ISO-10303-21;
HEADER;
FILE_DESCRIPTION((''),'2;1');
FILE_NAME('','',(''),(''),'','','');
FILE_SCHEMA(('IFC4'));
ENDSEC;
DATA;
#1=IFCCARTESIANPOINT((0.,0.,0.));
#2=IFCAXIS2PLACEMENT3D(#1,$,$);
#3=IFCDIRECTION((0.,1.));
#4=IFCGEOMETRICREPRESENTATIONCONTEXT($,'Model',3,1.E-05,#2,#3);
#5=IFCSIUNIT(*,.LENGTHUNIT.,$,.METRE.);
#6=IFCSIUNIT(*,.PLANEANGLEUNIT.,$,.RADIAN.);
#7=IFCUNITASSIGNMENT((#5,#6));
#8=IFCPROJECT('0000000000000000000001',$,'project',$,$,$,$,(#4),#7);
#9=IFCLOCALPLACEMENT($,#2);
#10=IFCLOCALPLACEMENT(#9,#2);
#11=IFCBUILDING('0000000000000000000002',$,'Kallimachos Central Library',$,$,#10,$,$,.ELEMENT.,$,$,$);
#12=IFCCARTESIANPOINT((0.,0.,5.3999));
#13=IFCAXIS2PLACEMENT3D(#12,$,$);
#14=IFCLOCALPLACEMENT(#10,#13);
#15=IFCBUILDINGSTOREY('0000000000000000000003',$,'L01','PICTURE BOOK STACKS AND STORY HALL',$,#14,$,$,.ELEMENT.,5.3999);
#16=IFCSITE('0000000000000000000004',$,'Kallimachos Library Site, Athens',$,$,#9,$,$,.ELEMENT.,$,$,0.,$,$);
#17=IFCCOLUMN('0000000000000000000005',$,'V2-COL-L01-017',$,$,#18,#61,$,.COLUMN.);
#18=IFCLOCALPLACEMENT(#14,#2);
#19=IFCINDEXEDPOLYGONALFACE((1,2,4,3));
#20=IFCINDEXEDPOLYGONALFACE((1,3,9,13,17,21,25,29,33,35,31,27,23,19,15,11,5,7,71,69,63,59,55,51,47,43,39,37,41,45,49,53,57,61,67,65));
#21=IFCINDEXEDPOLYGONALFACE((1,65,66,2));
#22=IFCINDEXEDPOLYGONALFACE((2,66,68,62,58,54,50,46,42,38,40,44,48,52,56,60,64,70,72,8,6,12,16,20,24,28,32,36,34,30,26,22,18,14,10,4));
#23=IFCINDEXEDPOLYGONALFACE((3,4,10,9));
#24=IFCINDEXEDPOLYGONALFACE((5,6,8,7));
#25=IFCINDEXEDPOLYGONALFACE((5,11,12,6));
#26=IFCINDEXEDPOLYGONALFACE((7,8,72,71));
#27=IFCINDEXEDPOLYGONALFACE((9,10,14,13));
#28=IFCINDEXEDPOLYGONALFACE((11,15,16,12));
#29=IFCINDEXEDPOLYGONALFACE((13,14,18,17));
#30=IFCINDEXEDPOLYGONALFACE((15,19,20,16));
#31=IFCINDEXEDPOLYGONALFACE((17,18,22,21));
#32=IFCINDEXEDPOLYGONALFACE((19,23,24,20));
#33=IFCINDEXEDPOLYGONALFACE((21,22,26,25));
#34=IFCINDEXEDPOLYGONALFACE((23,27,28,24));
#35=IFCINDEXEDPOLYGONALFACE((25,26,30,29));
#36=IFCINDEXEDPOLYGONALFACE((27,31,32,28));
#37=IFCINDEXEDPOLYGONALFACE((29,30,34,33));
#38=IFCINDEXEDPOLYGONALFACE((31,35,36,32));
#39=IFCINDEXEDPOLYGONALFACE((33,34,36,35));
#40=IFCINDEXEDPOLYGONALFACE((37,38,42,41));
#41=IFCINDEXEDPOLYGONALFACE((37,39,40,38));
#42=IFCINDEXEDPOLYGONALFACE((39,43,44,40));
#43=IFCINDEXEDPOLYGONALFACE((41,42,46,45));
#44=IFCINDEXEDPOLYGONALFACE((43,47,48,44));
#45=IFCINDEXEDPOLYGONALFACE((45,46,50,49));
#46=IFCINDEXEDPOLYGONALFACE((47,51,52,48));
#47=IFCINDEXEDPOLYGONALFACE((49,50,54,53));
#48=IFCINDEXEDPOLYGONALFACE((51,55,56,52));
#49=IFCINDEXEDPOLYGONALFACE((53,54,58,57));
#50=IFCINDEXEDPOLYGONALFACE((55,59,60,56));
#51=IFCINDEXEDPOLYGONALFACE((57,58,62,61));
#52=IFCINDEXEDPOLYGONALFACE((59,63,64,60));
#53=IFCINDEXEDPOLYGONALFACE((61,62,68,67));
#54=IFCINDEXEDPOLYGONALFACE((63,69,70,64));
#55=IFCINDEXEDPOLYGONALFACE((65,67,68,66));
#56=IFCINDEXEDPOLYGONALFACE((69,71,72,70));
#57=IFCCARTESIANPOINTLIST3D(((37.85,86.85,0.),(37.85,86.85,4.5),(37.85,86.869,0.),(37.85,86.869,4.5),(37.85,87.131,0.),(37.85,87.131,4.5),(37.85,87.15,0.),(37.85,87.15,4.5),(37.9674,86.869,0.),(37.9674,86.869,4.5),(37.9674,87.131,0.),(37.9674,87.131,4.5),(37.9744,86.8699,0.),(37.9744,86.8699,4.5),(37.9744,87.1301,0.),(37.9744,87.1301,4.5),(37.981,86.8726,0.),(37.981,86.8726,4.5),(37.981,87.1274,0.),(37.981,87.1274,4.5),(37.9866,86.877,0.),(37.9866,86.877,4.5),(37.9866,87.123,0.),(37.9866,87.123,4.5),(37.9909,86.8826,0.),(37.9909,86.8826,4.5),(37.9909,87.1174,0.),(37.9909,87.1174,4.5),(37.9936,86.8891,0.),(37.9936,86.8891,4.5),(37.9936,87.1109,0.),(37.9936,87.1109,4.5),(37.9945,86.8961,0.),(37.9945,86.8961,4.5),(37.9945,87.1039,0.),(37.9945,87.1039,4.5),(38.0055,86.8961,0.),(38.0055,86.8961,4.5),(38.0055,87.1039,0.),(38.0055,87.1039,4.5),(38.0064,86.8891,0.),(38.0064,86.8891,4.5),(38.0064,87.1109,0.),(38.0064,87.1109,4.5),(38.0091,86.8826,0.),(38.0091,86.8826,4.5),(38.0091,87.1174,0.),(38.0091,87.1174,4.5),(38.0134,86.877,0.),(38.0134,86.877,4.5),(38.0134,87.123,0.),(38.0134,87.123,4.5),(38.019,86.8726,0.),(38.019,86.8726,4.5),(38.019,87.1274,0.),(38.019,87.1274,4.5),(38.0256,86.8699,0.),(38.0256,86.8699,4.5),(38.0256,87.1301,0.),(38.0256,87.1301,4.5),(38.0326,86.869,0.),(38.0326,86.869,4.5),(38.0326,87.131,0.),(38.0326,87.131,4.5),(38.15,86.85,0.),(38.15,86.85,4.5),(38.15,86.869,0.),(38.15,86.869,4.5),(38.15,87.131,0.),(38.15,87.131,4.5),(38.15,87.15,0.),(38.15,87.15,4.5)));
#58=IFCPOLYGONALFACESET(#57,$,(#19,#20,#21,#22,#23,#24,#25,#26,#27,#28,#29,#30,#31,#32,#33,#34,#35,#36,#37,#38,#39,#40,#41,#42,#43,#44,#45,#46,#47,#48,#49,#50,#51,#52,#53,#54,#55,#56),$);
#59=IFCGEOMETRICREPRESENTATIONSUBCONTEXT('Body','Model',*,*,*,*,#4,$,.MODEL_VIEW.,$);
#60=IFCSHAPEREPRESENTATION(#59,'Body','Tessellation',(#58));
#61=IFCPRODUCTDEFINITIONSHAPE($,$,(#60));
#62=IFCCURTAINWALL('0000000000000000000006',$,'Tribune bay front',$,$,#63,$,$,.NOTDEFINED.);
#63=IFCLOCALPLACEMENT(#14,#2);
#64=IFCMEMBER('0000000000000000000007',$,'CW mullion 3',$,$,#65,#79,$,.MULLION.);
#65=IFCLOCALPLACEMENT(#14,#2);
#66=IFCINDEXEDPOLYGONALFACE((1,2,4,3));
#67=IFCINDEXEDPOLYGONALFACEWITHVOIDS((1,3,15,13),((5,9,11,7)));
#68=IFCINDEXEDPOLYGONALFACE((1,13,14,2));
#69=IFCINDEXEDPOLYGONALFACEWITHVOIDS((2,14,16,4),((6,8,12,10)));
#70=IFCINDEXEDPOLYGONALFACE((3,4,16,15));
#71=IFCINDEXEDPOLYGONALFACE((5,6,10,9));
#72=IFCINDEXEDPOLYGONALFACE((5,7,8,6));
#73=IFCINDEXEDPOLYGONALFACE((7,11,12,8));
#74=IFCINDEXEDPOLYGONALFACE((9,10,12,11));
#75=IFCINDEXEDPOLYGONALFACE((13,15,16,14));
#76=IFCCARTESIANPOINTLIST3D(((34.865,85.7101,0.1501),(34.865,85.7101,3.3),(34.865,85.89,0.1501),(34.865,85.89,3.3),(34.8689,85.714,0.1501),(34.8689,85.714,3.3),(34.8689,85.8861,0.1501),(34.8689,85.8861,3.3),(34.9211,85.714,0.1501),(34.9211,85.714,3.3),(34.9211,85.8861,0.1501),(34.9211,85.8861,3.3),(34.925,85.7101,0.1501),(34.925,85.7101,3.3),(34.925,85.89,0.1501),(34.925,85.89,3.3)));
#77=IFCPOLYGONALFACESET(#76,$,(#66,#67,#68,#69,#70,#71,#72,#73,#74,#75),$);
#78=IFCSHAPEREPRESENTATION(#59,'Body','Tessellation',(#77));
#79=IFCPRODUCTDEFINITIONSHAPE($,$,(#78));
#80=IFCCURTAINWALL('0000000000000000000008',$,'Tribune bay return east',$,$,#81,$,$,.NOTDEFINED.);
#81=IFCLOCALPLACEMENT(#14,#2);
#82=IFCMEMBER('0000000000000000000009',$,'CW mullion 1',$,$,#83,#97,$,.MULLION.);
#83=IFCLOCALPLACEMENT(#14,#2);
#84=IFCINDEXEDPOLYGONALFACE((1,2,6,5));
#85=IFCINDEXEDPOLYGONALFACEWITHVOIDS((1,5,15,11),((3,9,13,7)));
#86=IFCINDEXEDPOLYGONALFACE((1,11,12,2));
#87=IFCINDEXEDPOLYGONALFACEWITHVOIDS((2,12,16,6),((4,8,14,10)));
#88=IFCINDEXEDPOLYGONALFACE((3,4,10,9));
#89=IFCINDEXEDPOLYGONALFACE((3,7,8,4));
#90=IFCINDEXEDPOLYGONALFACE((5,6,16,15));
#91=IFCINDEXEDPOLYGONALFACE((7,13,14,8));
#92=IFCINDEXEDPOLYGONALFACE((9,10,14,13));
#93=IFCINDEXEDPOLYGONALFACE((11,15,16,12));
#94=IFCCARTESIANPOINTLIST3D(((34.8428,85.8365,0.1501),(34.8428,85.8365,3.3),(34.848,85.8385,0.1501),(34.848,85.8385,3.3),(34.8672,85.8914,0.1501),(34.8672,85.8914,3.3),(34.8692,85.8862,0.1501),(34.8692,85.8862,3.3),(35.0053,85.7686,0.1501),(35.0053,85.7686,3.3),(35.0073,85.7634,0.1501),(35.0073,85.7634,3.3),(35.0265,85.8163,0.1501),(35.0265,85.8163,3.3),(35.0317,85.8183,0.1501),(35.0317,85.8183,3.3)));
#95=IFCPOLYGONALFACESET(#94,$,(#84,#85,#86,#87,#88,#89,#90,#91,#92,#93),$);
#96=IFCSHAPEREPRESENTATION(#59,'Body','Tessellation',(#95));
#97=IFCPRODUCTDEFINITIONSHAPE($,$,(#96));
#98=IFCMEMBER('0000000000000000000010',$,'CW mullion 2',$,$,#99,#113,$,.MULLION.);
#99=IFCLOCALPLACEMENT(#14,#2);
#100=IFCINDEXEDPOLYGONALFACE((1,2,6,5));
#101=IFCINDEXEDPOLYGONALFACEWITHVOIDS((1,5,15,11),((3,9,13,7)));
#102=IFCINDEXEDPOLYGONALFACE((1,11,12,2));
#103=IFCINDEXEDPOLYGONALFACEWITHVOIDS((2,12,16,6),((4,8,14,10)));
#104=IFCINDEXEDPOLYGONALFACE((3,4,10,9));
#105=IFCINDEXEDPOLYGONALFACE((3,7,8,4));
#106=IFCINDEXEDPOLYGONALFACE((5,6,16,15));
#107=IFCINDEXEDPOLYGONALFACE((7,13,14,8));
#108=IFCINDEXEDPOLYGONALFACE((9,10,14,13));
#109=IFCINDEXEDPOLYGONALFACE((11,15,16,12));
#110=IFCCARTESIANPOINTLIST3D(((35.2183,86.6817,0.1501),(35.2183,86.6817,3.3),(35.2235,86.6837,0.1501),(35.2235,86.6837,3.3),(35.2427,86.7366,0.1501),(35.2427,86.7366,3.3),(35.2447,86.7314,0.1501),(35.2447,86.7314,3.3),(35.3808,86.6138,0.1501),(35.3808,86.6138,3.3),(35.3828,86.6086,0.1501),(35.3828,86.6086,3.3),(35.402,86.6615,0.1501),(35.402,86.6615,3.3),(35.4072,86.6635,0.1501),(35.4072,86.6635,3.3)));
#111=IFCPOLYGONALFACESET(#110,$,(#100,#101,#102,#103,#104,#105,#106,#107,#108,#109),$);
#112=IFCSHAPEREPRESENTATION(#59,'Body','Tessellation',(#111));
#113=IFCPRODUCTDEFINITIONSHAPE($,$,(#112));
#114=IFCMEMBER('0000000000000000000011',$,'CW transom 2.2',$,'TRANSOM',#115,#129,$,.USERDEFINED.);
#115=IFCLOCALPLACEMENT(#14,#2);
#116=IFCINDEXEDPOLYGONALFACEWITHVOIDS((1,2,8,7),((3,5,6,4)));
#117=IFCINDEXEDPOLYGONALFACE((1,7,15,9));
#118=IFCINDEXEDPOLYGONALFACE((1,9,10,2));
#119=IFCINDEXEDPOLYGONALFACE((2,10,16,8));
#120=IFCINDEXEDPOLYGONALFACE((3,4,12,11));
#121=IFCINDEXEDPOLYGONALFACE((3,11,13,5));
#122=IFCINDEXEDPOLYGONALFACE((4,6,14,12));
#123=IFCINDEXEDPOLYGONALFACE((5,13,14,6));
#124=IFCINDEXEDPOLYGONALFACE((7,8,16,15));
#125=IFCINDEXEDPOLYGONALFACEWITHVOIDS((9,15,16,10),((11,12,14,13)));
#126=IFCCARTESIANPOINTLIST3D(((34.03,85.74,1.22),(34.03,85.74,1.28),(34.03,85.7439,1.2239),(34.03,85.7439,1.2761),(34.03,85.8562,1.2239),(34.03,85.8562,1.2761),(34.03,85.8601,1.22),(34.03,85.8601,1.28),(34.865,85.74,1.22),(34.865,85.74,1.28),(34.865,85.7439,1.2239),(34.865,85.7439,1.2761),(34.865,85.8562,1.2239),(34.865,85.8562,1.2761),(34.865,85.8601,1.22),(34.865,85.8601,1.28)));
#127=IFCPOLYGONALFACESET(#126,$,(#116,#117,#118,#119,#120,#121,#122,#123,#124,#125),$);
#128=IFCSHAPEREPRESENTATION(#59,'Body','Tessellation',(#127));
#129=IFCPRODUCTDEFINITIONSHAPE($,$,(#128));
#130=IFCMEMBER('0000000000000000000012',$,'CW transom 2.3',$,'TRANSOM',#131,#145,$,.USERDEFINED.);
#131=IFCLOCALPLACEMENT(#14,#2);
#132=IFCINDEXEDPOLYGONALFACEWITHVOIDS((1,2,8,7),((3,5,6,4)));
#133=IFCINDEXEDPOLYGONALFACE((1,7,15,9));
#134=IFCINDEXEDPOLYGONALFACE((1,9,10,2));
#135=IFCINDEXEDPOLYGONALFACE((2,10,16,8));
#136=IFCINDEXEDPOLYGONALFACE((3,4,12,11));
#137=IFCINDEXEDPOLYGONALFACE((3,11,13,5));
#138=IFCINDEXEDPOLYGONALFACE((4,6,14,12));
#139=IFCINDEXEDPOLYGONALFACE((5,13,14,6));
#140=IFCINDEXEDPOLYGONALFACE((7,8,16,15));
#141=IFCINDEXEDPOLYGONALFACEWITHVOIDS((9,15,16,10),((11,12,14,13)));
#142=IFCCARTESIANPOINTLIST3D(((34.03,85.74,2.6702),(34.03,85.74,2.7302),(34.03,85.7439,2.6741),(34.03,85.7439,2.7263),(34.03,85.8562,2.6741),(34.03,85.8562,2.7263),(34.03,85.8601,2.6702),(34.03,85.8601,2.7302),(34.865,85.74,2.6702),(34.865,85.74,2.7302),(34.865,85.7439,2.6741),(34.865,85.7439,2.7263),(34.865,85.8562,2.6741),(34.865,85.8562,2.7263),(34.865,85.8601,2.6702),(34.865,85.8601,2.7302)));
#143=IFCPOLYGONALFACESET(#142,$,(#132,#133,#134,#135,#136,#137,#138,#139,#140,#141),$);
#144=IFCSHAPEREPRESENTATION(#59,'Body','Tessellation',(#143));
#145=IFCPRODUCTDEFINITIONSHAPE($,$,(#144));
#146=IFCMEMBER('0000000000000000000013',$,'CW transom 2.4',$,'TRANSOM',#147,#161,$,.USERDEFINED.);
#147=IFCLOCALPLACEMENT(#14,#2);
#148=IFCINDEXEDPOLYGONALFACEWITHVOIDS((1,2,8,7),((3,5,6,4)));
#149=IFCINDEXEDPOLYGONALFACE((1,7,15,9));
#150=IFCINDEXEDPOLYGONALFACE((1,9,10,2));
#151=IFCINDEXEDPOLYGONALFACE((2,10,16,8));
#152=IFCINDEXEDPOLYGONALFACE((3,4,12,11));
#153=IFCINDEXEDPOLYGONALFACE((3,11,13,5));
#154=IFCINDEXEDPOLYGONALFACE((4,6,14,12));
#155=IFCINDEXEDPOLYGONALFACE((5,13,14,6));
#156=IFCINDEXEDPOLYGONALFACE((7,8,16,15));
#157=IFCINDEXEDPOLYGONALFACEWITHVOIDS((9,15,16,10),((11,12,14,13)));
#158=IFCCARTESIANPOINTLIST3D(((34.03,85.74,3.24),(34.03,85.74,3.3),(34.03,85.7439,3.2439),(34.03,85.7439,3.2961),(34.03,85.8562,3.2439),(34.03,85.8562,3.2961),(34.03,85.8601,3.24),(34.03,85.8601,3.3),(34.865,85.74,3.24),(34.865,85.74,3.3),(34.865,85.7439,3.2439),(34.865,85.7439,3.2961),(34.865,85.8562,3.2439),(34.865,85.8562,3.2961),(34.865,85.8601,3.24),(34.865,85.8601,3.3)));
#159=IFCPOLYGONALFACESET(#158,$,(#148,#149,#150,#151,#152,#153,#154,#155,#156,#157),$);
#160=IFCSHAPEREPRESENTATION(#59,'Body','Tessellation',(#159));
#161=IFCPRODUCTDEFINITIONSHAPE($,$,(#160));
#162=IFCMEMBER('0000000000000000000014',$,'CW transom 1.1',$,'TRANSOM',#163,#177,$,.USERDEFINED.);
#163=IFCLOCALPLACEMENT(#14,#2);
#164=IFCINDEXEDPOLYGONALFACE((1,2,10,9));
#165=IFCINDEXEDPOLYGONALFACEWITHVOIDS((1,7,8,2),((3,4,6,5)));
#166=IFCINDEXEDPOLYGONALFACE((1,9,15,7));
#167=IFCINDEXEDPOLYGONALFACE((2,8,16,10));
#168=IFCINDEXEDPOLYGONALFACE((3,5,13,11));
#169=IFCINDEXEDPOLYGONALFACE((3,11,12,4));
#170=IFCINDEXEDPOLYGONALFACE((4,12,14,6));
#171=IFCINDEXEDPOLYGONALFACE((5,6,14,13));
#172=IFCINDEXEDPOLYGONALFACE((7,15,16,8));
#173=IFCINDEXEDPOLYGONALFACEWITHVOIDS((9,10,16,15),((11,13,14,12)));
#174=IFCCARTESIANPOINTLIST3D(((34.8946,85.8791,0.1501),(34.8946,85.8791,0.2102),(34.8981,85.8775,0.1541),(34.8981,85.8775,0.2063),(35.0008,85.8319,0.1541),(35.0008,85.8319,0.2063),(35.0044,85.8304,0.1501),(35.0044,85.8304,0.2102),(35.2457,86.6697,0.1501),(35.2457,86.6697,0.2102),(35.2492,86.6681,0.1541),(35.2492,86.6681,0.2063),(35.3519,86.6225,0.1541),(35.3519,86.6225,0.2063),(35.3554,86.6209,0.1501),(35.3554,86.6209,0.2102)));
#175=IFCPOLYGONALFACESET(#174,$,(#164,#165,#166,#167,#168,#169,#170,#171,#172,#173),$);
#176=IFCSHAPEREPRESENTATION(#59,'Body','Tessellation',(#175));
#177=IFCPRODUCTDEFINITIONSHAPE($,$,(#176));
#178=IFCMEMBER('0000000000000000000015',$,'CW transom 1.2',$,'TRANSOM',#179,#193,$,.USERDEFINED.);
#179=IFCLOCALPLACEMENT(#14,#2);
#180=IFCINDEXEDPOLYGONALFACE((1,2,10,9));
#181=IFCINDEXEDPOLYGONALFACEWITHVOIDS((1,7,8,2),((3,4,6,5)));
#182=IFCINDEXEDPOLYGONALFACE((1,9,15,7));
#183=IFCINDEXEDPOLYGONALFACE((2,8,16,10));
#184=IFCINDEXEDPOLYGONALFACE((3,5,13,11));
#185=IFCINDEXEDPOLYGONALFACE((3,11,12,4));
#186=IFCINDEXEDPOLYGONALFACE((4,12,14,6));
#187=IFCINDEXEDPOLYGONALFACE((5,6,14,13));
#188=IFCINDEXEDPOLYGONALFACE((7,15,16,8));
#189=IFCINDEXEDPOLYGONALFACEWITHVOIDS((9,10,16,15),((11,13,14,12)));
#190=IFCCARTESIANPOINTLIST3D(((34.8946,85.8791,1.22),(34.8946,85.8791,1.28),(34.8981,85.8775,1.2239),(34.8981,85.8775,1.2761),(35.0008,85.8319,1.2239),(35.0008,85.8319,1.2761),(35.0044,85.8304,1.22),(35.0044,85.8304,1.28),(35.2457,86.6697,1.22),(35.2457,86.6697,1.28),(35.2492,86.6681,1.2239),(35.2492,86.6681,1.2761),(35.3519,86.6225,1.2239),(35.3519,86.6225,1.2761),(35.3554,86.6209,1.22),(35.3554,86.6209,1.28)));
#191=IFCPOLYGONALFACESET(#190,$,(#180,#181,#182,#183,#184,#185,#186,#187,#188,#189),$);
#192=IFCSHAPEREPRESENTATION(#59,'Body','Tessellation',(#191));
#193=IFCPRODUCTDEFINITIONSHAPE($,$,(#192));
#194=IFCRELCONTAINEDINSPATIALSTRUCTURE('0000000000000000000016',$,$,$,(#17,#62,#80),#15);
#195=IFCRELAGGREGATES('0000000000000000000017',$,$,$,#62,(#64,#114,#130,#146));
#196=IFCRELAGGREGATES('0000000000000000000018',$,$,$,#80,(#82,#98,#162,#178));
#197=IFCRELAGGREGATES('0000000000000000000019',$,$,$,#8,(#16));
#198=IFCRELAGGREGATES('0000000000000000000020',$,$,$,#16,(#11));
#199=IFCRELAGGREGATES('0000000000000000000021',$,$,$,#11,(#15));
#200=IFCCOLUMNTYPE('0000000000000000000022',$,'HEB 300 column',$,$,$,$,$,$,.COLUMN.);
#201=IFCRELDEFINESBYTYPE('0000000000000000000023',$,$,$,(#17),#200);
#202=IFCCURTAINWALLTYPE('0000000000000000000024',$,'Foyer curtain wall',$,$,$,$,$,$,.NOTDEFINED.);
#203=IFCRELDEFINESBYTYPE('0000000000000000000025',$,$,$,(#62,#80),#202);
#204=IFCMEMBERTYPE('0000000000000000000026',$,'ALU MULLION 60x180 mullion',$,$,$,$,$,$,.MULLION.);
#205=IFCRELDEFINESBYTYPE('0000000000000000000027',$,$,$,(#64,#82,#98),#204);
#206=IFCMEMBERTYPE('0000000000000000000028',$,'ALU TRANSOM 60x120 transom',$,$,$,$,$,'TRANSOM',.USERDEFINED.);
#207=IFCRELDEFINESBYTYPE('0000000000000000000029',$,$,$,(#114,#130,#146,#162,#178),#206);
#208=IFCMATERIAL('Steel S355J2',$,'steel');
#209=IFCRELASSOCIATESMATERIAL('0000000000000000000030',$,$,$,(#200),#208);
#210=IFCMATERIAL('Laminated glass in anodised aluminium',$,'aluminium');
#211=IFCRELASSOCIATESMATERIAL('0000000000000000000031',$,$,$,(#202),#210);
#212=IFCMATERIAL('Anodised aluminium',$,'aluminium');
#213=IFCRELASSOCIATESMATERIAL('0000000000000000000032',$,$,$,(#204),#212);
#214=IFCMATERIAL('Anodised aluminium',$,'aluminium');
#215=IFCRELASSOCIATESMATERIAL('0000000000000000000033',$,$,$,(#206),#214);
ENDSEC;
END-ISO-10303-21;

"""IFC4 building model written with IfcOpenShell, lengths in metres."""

from ifc_helpers import new_model, si_unit, direction, frame, origin, origin_2d, place, context, subcontext, project, spatial, hollow_rectangle, i_section, extrude, material, material_profile, profile_set, type_object, element, aggregate, save


model = new_model("IFC4")

# Units and contexts
model_context = context("Model", 3, precision=1e-05, world=origin(), true_north=direction((0.0, 1.0)))
body_context = subcontext(model_context, "Body", "Model", "MODEL_VIEW")
ifc_project = project(units=[si_unit("LENGTHUNIT", "METRE"), si_unit("PLANEANGLEUNIT", "RADIAN")], contexts=[model_context])

# Site, building, storey
site_placement = place(None, origin())
site = spatial("IfcSite", under=ifc_project, at=site_placement, Name="Kallimachos Library Site, Athens", CompositionType="ELEMENT", RefElevation=0.0)
building_placement = place(site_placement, origin())
building = spatial("IfcBuilding", under=site, at=building_placement, Name="Kallimachos Central Library", CompositionType="ELEMENT")
storey_placement = place(building_placement, frame((0.0, 0.0, 5.3999)))
storey = spatial("IfcBuildingStorey", under=building, at=storey_placement, Name="L01", Description="PICTURE BOOK STACKS AND STORY HALL", CompositionType="ELEMENT", Elevation=5.3999)

# Column
ifc_material_1 = material(Name="Steel S355J2", Category="steel")
ifc_material_profile_1 = material_profile(ifc_material_1, i_section(OverallWidth=0.3, OverallDepth=0.3, WebThickness=0.011, FlangeThickness=0.019, FilletRadius=0.0271, at=origin_2d()), Name="HEB 300")
ifc_profile_set_1 = profile_set([ifc_material_profile_1], Name="Steel S355J2")
column_type = type_object("IfcColumnType", Name="HEB 300 column", PredefinedType="COLUMN", material=ifc_profile_set_1)
column_placement = place(storey_placement, frame((38.0, 87.0, 0.0), z_axis=(0.0, 0.0, 1.0), x_axis=(1.0, 0.0, 0.0)))
element("IfcColumn", 1, at=column_placement, inside=storey, type_object=column_type, Name="V2-COL-L01-017", PredefinedType="COLUMN", context=body_context, shape_type="SweptSolid", body=[
    extrude(i_section(OverallWidth=0.3, OverallDepth=0.3, WebThickness=0.011, FlangeThickness=0.019, FilletRadius=0.0271, at=origin_2d()), origin(), (0.0, 0.0, 1.0), 4.5),
])

# Curtain wall, member
ifc_material_2 = material(Name="Laminated glass in anodised aluminium", Category="aluminium")
curtain_wall_type = type_object("IfcCurtainWallType", Name="Foyer curtain wall", PredefinedType="NOTDEFINED", material=ifc_material_2)
curtain_wall_1_placement = place(storey_placement, origin())
curtain_wall_1 = element("IfcCurtainWall", 2, at=curtain_wall_1_placement, inside=storey, type_object=curtain_wall_type, Name="Tribune bay front", PredefinedType="NOTDEFINED")
ifc_material_3 = material(Name="Anodised aluminium", Category="aluminium")
ifc_material_profile_2 = material_profile(ifc_material_3, hollow_rectangle(XDim=0.0601, YDim=0.1799, WallThickness=0.0039, at=origin_2d()), Name="ALU MULLION 60x180")
ifc_profile_set_2 = profile_set([ifc_material_profile_2], Name="Anodised aluminium")
member_type_1 = type_object("IfcMemberType", Name="ALU MULLION 60x180 mullion", PredefinedType="MULLION", material=ifc_profile_set_2)
member_1_placement = place(storey_placement, frame((34.895, 85.8, 0.1501), z_axis=(0.0, 0.0, 1.0), x_axis=(1.0, 0.0, 0.0)))
member_1 = element("IfcMember", 3, at=member_1_placement, type_object=member_type_1, Name="CW mullion 3", PredefinedType="MULLION", context=body_context, shape_type="SweptSolid", body=[
    extrude(hollow_rectangle(XDim=0.0601, YDim=0.1799, WallThickness=0.0039, at=origin_2d()), origin(), (0.0, 0.0, 1.0), 3.1499),
])

# Curtain wall, members
curtain_wall_2_placement = place(storey_placement, origin())
curtain_wall_2 = element("IfcCurtainWall", 4, at=curtain_wall_2_placement, inside=storey, type_object=curtain_wall_type, Name="Tribune bay return east", PredefinedType="NOTDEFINED")
member_2_placement = place(storey_placement, frame((34.9373, 85.8274, 0.1501), z_axis=(0.0, 0.0, 1.0), x_axis=(0.406138, 0.913812, 0.0)))
member_2 = element("IfcMember", 5, at=member_2_placement, type_object=member_type_1, Name="CW mullion 1", PredefinedType="MULLION", context=body_context, shape_type="SweptSolid", body=[
    extrude(hollow_rectangle(XDim=0.0601, YDim=0.1799, WallThickness=0.0039, at=origin_2d()), origin(), (0.0, 0.0, 1.0), 3.1499),
])
member_3_placement = place(storey_placement, frame((35.3127, 86.6726, 0.1501), z_axis=(0.0, 0.0, 1.0), x_axis=(0.406138, 0.913812, 0.0)))
member_3 = element("IfcMember", 6, at=member_3_placement, type_object=member_type_1, Name="CW mullion 2", PredefinedType="MULLION", context=body_context, shape_type="SweptSolid", body=[
    extrude(hollow_rectangle(XDim=0.0601, YDim=0.1799, WallThickness=0.0039, at=origin_2d()), origin(), (0.0, 0.0, 1.0), 3.1499),
])

# Members
ifc_material_4 = material(Name="Anodised aluminium", Category="aluminium")
ifc_material_profile_3 = material_profile(ifc_material_4, hollow_rectangle(XDim=0.0601, YDim=0.1201, WallThickness=0.0039, at=origin_2d()), Name="ALU TRANSOM 60x120")
ifc_profile_set_3 = profile_set([ifc_material_profile_3], Name="Anodised aluminium")
member_type_2 = type_object("IfcMemberType", Name="ALU TRANSOM 60x120 transom", ElementType="TRANSOM", PredefinedType="USERDEFINED", material=ifc_profile_set_3)
member_4_placement = place(storey_placement, frame((34.03, 85.8, 1.25), z_axis=(1.0, 0.0, 0.0), x_axis=(0.0, 0.0, 1.0)))
member_4 = element("IfcMember", 7, at=member_4_placement, type_object=member_type_2, Name="CW transom 2.2", ObjectType="TRANSOM", PredefinedType="USERDEFINED", context=body_context, shape_type="SweptSolid", body=[
    extrude(hollow_rectangle(XDim=0.0601, YDim=0.1201, WallThickness=0.0039, at=origin_2d()), origin(), (0.0, 0.0, 1.0), 0.835),
])
member_5_placement = place(storey_placement, frame((34.03, 85.8, 2.7002), z_axis=(1.0, 0.0, 0.0), x_axis=(0.0, 0.0, 1.0)))
member_5 = element("IfcMember", 8, at=member_5_placement, type_object=member_type_2, Name="CW transom 2.3", ObjectType="TRANSOM", PredefinedType="USERDEFINED", context=body_context, shape_type="SweptSolid", body=[
    extrude(hollow_rectangle(XDim=0.0601, YDim=0.1201, WallThickness=0.0039, at=origin_2d()), origin(), (0.0, 0.0, 1.0), 0.835),
])
member_6_placement = place(storey_placement, frame((34.03, 85.8, 3.27), z_axis=(1.0, 0.0, 0.0), x_axis=(0.0, 0.0, 1.0)))
member_6 = element("IfcMember", 9, at=member_6_placement, type_object=member_type_2, Name="CW transom 2.4", ObjectType="TRANSOM", PredefinedType="USERDEFINED", context=body_context, shape_type="SweptSolid", body=[
    extrude(hollow_rectangle(XDim=0.0601, YDim=0.1201, WallThickness=0.0039, at=origin_2d()), origin(), (0.0, 0.0, 1.0), 0.835),
])
member_7_placement = place(storey_placement, frame((34.9495, 85.8547, 0.1802), z_axis=(0.405877, 0.913928, 0.0), x_axis=(0.0, 0.0, 1.0)))
member_7 = element("IfcMember", 10, at=member_7_placement, type_object=member_type_2, Name="CW transom 1.1", ObjectType="TRANSOM", PredefinedType="USERDEFINED", context=body_context, shape_type="SweptSolid", body=[
    extrude(hollow_rectangle(XDim=0.0601, YDim=0.1201, WallThickness=0.0039, at=origin_2d()), origin(), (0.0, 0.0, 1.0), 0.865),
])
member_8_placement = place(storey_placement, frame((34.9495, 85.8547, 1.25), z_axis=(0.405877, 0.913928, 0.0), x_axis=(0.0, 0.0, 1.0)))
member_8 = element("IfcMember", 11, at=member_8_placement, type_object=member_type_2, Name="CW transom 1.2", ObjectType="TRANSOM", PredefinedType="USERDEFINED", context=body_context, shape_type="SweptSolid", body=[
    extrude(hollow_rectangle(XDim=0.0601, YDim=0.1201, WallThickness=0.0039, at=origin_2d()), origin(), (0.0, 0.0, 1.0), 0.865),
])

aggregate(curtain_wall_1, [member_1, member_4, member_5, member_6])
aggregate(curtain_wall_2, [member_2, member_3, member_7, member_8])

save(model, "model.ifc")
